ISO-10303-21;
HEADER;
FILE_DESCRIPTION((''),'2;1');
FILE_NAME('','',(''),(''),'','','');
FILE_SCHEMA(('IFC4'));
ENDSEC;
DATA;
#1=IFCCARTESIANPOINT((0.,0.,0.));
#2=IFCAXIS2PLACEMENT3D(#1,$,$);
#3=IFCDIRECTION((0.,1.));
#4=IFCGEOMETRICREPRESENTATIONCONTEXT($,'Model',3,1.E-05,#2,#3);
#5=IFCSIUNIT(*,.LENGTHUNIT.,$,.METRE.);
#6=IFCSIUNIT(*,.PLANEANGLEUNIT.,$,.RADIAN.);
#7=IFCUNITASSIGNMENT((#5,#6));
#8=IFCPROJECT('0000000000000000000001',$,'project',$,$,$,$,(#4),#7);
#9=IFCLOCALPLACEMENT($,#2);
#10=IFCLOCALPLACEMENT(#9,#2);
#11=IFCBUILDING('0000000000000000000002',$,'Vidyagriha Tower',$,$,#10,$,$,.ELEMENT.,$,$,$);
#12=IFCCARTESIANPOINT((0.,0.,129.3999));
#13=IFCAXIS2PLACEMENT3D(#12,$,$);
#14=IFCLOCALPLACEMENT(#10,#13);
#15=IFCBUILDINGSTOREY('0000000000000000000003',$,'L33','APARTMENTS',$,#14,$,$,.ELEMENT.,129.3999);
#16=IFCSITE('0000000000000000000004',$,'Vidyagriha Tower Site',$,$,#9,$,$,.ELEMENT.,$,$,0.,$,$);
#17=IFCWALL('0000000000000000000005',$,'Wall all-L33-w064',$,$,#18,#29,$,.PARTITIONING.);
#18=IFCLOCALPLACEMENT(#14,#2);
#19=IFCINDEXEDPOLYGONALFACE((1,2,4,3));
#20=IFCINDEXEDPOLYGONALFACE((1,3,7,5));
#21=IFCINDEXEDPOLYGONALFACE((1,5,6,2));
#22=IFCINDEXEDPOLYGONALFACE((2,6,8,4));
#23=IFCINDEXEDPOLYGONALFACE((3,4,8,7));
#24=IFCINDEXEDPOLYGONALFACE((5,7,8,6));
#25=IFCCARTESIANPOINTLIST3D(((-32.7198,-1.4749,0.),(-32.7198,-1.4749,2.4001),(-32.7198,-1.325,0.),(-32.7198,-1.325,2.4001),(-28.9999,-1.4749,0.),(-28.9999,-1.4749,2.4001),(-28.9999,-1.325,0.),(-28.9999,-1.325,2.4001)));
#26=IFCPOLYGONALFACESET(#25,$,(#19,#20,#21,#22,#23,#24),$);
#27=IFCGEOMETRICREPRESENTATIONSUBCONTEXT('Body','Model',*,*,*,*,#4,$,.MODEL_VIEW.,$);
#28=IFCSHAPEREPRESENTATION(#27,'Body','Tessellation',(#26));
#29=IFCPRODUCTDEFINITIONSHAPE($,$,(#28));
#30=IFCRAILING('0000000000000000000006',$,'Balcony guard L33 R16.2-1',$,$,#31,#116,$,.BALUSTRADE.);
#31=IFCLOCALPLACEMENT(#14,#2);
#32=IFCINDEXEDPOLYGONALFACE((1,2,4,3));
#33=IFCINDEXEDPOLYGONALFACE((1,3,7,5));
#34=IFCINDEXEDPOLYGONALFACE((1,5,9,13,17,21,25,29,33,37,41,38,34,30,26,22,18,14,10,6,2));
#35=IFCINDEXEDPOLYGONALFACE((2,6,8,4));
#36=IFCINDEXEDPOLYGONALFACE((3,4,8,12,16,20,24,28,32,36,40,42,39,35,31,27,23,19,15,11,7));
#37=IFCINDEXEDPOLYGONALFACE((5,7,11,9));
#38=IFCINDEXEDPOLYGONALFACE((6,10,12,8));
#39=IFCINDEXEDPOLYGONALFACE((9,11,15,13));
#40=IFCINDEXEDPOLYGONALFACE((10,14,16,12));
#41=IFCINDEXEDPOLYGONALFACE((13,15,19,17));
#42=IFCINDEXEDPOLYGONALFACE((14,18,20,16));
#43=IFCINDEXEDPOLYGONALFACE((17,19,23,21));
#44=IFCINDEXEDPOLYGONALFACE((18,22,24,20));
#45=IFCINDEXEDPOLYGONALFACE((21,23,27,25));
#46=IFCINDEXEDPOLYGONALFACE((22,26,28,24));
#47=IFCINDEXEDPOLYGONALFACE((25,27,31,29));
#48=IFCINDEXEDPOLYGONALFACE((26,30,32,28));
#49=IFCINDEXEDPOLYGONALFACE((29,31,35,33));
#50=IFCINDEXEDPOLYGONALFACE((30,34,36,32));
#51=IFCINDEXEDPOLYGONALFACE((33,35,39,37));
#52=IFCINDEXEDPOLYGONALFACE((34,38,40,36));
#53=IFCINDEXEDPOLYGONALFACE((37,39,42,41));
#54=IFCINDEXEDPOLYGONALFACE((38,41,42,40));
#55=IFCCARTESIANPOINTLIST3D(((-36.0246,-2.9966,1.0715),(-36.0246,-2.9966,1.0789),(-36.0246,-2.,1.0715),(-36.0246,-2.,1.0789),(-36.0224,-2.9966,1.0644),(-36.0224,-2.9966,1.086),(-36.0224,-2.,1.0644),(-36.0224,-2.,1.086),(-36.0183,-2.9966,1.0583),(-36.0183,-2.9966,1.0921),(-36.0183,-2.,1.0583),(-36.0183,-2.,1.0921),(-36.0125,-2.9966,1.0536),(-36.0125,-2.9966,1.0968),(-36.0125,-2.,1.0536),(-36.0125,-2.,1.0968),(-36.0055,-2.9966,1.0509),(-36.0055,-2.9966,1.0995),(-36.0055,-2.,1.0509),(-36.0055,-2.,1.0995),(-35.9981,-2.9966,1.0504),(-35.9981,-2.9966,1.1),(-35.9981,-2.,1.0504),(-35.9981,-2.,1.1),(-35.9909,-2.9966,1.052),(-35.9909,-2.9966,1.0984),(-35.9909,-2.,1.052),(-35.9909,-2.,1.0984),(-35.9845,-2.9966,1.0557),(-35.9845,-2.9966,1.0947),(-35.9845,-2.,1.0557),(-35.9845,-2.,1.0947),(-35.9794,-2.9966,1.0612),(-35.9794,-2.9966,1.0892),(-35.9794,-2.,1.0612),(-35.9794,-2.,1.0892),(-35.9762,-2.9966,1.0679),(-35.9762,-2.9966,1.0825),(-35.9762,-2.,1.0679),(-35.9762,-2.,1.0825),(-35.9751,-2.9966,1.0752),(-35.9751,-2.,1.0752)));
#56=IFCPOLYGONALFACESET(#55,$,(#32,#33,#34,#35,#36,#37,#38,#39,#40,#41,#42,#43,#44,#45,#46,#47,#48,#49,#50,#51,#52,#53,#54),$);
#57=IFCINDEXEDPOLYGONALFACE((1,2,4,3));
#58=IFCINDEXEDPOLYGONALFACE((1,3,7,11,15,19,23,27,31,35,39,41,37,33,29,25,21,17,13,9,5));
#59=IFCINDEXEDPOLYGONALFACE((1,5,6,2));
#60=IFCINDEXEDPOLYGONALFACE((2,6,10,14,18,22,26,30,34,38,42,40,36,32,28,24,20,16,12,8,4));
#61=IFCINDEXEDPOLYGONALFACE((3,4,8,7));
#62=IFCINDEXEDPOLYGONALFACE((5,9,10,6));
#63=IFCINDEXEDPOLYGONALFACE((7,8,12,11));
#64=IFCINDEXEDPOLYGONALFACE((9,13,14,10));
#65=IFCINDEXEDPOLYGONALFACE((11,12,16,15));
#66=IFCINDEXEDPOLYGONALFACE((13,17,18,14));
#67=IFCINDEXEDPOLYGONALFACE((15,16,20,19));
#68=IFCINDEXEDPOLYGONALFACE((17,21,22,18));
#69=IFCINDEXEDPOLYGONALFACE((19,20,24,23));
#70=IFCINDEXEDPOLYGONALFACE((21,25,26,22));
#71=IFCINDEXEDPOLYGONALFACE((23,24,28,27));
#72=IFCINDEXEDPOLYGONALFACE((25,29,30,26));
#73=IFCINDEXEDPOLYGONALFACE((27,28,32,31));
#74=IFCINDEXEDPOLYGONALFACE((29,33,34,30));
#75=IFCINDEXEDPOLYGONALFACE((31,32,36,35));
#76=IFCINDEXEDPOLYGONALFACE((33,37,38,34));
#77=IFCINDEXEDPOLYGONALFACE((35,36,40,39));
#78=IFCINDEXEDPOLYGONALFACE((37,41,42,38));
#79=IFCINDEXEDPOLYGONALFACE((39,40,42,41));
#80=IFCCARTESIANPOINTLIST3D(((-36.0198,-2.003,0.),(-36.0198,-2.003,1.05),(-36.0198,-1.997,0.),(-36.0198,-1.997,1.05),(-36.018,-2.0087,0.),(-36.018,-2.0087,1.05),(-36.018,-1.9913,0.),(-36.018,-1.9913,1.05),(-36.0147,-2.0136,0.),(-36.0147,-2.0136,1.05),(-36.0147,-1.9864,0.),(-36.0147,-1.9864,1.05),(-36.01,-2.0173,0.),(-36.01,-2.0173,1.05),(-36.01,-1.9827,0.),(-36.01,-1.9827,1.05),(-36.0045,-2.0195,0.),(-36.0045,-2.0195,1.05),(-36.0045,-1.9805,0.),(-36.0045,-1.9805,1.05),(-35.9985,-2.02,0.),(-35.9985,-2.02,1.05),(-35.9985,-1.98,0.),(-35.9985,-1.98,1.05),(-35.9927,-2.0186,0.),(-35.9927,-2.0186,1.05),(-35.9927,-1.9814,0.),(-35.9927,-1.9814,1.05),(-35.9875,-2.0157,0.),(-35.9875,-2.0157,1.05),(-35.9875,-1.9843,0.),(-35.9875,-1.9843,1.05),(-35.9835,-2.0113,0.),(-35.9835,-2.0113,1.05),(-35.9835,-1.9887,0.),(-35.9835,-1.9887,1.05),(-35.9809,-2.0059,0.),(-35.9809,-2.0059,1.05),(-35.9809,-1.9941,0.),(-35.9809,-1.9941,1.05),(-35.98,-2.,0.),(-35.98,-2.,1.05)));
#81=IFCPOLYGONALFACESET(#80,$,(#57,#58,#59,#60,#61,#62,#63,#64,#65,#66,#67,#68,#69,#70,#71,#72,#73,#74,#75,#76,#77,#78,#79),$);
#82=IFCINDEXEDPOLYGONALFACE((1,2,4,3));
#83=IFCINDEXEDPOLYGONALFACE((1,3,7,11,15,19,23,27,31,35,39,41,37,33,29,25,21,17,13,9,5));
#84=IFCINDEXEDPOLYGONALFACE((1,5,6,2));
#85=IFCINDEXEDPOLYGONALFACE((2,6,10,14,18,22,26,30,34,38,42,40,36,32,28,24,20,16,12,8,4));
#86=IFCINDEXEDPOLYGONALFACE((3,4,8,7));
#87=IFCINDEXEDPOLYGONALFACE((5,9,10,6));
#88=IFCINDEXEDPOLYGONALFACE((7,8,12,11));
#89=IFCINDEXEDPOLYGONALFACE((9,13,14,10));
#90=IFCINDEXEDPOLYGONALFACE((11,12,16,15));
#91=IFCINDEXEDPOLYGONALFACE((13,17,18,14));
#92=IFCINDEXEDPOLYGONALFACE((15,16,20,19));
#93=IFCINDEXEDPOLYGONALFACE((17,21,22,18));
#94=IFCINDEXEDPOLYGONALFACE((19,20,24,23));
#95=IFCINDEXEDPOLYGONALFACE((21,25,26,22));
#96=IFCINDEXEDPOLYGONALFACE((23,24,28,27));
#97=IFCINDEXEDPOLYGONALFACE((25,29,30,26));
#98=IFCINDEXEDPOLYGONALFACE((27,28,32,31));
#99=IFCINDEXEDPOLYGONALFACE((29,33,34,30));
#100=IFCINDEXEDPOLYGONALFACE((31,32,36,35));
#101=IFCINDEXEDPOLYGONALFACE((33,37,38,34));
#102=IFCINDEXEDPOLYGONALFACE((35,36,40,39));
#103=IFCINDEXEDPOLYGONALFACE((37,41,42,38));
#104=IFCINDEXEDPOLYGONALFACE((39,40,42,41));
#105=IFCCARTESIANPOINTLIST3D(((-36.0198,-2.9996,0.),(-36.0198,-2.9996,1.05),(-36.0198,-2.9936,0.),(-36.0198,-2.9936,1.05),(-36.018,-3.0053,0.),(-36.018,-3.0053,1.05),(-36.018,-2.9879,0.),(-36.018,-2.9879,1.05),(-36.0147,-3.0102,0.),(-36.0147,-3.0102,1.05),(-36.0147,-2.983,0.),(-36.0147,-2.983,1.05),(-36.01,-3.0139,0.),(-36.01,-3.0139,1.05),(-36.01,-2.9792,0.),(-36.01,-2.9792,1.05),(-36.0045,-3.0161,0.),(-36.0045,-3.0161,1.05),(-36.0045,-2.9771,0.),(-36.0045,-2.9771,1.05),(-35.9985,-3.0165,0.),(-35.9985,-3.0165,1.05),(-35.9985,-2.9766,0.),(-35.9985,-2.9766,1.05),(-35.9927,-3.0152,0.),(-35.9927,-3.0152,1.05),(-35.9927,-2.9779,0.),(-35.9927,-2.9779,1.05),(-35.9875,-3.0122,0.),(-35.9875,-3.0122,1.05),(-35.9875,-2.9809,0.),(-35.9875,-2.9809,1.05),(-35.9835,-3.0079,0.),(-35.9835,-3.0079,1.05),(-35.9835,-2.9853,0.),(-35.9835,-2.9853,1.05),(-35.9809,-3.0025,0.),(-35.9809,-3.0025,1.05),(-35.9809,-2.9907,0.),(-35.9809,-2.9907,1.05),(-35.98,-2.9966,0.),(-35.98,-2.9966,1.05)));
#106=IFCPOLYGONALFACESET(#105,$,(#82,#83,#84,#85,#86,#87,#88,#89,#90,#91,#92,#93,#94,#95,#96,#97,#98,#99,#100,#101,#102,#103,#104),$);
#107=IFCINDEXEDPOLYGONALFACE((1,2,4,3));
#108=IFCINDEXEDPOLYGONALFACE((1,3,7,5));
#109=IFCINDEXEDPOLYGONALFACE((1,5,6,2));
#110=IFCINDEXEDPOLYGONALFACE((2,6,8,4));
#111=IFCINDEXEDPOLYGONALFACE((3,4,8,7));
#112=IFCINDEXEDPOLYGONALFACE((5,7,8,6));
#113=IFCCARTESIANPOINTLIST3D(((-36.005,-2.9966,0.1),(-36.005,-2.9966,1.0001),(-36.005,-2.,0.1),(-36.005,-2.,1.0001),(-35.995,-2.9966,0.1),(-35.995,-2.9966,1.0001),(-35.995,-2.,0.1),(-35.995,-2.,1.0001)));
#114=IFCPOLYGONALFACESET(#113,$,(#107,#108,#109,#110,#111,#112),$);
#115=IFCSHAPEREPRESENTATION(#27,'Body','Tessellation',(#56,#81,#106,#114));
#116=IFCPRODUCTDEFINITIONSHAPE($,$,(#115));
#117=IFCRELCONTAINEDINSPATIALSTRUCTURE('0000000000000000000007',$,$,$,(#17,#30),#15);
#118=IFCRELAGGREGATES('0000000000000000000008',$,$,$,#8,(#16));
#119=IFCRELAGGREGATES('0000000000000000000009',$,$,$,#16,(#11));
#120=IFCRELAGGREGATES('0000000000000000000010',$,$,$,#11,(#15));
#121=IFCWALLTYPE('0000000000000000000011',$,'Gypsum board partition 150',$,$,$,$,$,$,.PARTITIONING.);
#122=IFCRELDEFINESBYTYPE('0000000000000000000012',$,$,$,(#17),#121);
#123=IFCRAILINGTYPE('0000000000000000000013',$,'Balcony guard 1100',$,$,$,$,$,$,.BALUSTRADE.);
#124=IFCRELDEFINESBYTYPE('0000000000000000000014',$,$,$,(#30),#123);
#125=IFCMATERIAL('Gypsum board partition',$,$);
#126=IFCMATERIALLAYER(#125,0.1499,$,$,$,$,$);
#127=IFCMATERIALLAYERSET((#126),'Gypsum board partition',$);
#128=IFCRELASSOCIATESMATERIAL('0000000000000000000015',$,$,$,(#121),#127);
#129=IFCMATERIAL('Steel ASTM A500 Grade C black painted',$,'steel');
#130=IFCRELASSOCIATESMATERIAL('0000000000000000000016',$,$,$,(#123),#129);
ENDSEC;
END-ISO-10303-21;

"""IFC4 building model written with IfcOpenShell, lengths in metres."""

from ifc_helpers import new_model, si_unit, direction, frame, frame_2d, origin, origin_2d, place, context, subcontext, project, spatial, rectangle, circle, extrude, material, layer, layer_set, type_object, element, save


model = new_model("IFC4")

# Units and contexts
model_context = context("Model", 3, precision=1e-05, world=origin(), true_north=direction((0.0, 1.0)))
body_context = subcontext(model_context, "Body", "Model", "MODEL_VIEW")
ifc_project = project(units=[si_unit("LENGTHUNIT", "METRE"), si_unit("PLANEANGLEUNIT", "RADIAN")], contexts=[model_context])

# Site, building, storey
site_placement = place(None, origin())
site = spatial("IfcSite", under=ifc_project, at=site_placement, Name="Vidyagriha Tower Site", CompositionType="ELEMENT", RefElevation=0.0)
building_placement = place(site_placement, origin())
building = spatial("IfcBuilding", under=site, at=building_placement, Name="Vidyagriha Tower", CompositionType="ELEMENT")
storey_placement = place(building_placement, frame((0.0, 0.0, 129.3999)))
storey = spatial("IfcBuildingStorey", under=building, at=storey_placement, Name="L33", Description="APARTMENTS", CompositionType="ELEMENT", Elevation=129.3999)

# Shared definitions
ifc_material_1 = material(Name="Gypsum board partition")
ifc_layer_1 = layer(ifc_material_1, 0.1499)
ifc_layer_set_1 = layer_set([ifc_layer_1], Name="Gypsum board partition")
wall_type_1 = type_object("IfcWallType", Name="Gypsum board partition 150", PredefinedType="PARTITIONING", material=ifc_layer_set_1)

# Wall
wall_1_placement = place(storey_placement, frame((-29.0, -1.3999, 0.0), z_axis=(0.0, 0.0, 1.0), x_axis=(-1.0, 0.0, 0.0)))
element("IfcWall", 1, at=wall_1_placement, inside=storey, type_object=wall_type_1, Name="Wall all-L33-w064", PredefinedType="PARTITIONING", context=body_context, shape_type="SweptSolid", body=[
    extrude(rectangle(XDim=3.72, YDim=0.1499, at=frame_2d((1.8599, 0.0))), origin(), (0.0, 0.0, 1.0), 2.4001),
])

# Railing
ifc_material_2 = material(Name="Steel ASTM A500 Grade C black painted", Category="steel")
railing_type_1 = type_object("IfcRailingType", Name="Balcony guard 1100", PredefinedType="BALUSTRADE", material=ifc_material_2)
railing_1_placement = place(storey_placement, frame((-36.0, -2.0, 0.0)))
element("IfcRailing", 2, at=railing_1_placement, inside=storey, type_object=railing_type_1, Name="Balcony guard L33 R16.2-1", PredefinedType="BALUSTRADE", context=body_context, shape_type="SweptSolid", body=[
    extrude(circle(Radius=0.0249, at=origin_2d()), frame((0.0, 0.0, 1.0752), z_axis=(0.0, -1.0, 0.0), x_axis=(1.0, 0.0, 0.0)), (0.0, 0.0, 1.0), 0.9966),
    extrude(circle(Radius=0.02, at=origin_2d()), origin(), (0.0, 0.0, 1.0), 1.05),
    extrude(circle(Radius=0.02, at=origin_2d()), frame((0.0, -0.9966, 0.0)), (0.0, 0.0, 1.0), 1.05),
    extrude(rectangle(XDim=0.01, YDim=0.9001, at=origin_2d()), frame((0.0, 0.0, 0.55), z_axis=(0.0, -1.0, 0.0), x_axis=(1.0, 0.0, 0.0)), (0.0, 0.0, 1.0), 0.9966),
])

save(model, "model.ifc")
